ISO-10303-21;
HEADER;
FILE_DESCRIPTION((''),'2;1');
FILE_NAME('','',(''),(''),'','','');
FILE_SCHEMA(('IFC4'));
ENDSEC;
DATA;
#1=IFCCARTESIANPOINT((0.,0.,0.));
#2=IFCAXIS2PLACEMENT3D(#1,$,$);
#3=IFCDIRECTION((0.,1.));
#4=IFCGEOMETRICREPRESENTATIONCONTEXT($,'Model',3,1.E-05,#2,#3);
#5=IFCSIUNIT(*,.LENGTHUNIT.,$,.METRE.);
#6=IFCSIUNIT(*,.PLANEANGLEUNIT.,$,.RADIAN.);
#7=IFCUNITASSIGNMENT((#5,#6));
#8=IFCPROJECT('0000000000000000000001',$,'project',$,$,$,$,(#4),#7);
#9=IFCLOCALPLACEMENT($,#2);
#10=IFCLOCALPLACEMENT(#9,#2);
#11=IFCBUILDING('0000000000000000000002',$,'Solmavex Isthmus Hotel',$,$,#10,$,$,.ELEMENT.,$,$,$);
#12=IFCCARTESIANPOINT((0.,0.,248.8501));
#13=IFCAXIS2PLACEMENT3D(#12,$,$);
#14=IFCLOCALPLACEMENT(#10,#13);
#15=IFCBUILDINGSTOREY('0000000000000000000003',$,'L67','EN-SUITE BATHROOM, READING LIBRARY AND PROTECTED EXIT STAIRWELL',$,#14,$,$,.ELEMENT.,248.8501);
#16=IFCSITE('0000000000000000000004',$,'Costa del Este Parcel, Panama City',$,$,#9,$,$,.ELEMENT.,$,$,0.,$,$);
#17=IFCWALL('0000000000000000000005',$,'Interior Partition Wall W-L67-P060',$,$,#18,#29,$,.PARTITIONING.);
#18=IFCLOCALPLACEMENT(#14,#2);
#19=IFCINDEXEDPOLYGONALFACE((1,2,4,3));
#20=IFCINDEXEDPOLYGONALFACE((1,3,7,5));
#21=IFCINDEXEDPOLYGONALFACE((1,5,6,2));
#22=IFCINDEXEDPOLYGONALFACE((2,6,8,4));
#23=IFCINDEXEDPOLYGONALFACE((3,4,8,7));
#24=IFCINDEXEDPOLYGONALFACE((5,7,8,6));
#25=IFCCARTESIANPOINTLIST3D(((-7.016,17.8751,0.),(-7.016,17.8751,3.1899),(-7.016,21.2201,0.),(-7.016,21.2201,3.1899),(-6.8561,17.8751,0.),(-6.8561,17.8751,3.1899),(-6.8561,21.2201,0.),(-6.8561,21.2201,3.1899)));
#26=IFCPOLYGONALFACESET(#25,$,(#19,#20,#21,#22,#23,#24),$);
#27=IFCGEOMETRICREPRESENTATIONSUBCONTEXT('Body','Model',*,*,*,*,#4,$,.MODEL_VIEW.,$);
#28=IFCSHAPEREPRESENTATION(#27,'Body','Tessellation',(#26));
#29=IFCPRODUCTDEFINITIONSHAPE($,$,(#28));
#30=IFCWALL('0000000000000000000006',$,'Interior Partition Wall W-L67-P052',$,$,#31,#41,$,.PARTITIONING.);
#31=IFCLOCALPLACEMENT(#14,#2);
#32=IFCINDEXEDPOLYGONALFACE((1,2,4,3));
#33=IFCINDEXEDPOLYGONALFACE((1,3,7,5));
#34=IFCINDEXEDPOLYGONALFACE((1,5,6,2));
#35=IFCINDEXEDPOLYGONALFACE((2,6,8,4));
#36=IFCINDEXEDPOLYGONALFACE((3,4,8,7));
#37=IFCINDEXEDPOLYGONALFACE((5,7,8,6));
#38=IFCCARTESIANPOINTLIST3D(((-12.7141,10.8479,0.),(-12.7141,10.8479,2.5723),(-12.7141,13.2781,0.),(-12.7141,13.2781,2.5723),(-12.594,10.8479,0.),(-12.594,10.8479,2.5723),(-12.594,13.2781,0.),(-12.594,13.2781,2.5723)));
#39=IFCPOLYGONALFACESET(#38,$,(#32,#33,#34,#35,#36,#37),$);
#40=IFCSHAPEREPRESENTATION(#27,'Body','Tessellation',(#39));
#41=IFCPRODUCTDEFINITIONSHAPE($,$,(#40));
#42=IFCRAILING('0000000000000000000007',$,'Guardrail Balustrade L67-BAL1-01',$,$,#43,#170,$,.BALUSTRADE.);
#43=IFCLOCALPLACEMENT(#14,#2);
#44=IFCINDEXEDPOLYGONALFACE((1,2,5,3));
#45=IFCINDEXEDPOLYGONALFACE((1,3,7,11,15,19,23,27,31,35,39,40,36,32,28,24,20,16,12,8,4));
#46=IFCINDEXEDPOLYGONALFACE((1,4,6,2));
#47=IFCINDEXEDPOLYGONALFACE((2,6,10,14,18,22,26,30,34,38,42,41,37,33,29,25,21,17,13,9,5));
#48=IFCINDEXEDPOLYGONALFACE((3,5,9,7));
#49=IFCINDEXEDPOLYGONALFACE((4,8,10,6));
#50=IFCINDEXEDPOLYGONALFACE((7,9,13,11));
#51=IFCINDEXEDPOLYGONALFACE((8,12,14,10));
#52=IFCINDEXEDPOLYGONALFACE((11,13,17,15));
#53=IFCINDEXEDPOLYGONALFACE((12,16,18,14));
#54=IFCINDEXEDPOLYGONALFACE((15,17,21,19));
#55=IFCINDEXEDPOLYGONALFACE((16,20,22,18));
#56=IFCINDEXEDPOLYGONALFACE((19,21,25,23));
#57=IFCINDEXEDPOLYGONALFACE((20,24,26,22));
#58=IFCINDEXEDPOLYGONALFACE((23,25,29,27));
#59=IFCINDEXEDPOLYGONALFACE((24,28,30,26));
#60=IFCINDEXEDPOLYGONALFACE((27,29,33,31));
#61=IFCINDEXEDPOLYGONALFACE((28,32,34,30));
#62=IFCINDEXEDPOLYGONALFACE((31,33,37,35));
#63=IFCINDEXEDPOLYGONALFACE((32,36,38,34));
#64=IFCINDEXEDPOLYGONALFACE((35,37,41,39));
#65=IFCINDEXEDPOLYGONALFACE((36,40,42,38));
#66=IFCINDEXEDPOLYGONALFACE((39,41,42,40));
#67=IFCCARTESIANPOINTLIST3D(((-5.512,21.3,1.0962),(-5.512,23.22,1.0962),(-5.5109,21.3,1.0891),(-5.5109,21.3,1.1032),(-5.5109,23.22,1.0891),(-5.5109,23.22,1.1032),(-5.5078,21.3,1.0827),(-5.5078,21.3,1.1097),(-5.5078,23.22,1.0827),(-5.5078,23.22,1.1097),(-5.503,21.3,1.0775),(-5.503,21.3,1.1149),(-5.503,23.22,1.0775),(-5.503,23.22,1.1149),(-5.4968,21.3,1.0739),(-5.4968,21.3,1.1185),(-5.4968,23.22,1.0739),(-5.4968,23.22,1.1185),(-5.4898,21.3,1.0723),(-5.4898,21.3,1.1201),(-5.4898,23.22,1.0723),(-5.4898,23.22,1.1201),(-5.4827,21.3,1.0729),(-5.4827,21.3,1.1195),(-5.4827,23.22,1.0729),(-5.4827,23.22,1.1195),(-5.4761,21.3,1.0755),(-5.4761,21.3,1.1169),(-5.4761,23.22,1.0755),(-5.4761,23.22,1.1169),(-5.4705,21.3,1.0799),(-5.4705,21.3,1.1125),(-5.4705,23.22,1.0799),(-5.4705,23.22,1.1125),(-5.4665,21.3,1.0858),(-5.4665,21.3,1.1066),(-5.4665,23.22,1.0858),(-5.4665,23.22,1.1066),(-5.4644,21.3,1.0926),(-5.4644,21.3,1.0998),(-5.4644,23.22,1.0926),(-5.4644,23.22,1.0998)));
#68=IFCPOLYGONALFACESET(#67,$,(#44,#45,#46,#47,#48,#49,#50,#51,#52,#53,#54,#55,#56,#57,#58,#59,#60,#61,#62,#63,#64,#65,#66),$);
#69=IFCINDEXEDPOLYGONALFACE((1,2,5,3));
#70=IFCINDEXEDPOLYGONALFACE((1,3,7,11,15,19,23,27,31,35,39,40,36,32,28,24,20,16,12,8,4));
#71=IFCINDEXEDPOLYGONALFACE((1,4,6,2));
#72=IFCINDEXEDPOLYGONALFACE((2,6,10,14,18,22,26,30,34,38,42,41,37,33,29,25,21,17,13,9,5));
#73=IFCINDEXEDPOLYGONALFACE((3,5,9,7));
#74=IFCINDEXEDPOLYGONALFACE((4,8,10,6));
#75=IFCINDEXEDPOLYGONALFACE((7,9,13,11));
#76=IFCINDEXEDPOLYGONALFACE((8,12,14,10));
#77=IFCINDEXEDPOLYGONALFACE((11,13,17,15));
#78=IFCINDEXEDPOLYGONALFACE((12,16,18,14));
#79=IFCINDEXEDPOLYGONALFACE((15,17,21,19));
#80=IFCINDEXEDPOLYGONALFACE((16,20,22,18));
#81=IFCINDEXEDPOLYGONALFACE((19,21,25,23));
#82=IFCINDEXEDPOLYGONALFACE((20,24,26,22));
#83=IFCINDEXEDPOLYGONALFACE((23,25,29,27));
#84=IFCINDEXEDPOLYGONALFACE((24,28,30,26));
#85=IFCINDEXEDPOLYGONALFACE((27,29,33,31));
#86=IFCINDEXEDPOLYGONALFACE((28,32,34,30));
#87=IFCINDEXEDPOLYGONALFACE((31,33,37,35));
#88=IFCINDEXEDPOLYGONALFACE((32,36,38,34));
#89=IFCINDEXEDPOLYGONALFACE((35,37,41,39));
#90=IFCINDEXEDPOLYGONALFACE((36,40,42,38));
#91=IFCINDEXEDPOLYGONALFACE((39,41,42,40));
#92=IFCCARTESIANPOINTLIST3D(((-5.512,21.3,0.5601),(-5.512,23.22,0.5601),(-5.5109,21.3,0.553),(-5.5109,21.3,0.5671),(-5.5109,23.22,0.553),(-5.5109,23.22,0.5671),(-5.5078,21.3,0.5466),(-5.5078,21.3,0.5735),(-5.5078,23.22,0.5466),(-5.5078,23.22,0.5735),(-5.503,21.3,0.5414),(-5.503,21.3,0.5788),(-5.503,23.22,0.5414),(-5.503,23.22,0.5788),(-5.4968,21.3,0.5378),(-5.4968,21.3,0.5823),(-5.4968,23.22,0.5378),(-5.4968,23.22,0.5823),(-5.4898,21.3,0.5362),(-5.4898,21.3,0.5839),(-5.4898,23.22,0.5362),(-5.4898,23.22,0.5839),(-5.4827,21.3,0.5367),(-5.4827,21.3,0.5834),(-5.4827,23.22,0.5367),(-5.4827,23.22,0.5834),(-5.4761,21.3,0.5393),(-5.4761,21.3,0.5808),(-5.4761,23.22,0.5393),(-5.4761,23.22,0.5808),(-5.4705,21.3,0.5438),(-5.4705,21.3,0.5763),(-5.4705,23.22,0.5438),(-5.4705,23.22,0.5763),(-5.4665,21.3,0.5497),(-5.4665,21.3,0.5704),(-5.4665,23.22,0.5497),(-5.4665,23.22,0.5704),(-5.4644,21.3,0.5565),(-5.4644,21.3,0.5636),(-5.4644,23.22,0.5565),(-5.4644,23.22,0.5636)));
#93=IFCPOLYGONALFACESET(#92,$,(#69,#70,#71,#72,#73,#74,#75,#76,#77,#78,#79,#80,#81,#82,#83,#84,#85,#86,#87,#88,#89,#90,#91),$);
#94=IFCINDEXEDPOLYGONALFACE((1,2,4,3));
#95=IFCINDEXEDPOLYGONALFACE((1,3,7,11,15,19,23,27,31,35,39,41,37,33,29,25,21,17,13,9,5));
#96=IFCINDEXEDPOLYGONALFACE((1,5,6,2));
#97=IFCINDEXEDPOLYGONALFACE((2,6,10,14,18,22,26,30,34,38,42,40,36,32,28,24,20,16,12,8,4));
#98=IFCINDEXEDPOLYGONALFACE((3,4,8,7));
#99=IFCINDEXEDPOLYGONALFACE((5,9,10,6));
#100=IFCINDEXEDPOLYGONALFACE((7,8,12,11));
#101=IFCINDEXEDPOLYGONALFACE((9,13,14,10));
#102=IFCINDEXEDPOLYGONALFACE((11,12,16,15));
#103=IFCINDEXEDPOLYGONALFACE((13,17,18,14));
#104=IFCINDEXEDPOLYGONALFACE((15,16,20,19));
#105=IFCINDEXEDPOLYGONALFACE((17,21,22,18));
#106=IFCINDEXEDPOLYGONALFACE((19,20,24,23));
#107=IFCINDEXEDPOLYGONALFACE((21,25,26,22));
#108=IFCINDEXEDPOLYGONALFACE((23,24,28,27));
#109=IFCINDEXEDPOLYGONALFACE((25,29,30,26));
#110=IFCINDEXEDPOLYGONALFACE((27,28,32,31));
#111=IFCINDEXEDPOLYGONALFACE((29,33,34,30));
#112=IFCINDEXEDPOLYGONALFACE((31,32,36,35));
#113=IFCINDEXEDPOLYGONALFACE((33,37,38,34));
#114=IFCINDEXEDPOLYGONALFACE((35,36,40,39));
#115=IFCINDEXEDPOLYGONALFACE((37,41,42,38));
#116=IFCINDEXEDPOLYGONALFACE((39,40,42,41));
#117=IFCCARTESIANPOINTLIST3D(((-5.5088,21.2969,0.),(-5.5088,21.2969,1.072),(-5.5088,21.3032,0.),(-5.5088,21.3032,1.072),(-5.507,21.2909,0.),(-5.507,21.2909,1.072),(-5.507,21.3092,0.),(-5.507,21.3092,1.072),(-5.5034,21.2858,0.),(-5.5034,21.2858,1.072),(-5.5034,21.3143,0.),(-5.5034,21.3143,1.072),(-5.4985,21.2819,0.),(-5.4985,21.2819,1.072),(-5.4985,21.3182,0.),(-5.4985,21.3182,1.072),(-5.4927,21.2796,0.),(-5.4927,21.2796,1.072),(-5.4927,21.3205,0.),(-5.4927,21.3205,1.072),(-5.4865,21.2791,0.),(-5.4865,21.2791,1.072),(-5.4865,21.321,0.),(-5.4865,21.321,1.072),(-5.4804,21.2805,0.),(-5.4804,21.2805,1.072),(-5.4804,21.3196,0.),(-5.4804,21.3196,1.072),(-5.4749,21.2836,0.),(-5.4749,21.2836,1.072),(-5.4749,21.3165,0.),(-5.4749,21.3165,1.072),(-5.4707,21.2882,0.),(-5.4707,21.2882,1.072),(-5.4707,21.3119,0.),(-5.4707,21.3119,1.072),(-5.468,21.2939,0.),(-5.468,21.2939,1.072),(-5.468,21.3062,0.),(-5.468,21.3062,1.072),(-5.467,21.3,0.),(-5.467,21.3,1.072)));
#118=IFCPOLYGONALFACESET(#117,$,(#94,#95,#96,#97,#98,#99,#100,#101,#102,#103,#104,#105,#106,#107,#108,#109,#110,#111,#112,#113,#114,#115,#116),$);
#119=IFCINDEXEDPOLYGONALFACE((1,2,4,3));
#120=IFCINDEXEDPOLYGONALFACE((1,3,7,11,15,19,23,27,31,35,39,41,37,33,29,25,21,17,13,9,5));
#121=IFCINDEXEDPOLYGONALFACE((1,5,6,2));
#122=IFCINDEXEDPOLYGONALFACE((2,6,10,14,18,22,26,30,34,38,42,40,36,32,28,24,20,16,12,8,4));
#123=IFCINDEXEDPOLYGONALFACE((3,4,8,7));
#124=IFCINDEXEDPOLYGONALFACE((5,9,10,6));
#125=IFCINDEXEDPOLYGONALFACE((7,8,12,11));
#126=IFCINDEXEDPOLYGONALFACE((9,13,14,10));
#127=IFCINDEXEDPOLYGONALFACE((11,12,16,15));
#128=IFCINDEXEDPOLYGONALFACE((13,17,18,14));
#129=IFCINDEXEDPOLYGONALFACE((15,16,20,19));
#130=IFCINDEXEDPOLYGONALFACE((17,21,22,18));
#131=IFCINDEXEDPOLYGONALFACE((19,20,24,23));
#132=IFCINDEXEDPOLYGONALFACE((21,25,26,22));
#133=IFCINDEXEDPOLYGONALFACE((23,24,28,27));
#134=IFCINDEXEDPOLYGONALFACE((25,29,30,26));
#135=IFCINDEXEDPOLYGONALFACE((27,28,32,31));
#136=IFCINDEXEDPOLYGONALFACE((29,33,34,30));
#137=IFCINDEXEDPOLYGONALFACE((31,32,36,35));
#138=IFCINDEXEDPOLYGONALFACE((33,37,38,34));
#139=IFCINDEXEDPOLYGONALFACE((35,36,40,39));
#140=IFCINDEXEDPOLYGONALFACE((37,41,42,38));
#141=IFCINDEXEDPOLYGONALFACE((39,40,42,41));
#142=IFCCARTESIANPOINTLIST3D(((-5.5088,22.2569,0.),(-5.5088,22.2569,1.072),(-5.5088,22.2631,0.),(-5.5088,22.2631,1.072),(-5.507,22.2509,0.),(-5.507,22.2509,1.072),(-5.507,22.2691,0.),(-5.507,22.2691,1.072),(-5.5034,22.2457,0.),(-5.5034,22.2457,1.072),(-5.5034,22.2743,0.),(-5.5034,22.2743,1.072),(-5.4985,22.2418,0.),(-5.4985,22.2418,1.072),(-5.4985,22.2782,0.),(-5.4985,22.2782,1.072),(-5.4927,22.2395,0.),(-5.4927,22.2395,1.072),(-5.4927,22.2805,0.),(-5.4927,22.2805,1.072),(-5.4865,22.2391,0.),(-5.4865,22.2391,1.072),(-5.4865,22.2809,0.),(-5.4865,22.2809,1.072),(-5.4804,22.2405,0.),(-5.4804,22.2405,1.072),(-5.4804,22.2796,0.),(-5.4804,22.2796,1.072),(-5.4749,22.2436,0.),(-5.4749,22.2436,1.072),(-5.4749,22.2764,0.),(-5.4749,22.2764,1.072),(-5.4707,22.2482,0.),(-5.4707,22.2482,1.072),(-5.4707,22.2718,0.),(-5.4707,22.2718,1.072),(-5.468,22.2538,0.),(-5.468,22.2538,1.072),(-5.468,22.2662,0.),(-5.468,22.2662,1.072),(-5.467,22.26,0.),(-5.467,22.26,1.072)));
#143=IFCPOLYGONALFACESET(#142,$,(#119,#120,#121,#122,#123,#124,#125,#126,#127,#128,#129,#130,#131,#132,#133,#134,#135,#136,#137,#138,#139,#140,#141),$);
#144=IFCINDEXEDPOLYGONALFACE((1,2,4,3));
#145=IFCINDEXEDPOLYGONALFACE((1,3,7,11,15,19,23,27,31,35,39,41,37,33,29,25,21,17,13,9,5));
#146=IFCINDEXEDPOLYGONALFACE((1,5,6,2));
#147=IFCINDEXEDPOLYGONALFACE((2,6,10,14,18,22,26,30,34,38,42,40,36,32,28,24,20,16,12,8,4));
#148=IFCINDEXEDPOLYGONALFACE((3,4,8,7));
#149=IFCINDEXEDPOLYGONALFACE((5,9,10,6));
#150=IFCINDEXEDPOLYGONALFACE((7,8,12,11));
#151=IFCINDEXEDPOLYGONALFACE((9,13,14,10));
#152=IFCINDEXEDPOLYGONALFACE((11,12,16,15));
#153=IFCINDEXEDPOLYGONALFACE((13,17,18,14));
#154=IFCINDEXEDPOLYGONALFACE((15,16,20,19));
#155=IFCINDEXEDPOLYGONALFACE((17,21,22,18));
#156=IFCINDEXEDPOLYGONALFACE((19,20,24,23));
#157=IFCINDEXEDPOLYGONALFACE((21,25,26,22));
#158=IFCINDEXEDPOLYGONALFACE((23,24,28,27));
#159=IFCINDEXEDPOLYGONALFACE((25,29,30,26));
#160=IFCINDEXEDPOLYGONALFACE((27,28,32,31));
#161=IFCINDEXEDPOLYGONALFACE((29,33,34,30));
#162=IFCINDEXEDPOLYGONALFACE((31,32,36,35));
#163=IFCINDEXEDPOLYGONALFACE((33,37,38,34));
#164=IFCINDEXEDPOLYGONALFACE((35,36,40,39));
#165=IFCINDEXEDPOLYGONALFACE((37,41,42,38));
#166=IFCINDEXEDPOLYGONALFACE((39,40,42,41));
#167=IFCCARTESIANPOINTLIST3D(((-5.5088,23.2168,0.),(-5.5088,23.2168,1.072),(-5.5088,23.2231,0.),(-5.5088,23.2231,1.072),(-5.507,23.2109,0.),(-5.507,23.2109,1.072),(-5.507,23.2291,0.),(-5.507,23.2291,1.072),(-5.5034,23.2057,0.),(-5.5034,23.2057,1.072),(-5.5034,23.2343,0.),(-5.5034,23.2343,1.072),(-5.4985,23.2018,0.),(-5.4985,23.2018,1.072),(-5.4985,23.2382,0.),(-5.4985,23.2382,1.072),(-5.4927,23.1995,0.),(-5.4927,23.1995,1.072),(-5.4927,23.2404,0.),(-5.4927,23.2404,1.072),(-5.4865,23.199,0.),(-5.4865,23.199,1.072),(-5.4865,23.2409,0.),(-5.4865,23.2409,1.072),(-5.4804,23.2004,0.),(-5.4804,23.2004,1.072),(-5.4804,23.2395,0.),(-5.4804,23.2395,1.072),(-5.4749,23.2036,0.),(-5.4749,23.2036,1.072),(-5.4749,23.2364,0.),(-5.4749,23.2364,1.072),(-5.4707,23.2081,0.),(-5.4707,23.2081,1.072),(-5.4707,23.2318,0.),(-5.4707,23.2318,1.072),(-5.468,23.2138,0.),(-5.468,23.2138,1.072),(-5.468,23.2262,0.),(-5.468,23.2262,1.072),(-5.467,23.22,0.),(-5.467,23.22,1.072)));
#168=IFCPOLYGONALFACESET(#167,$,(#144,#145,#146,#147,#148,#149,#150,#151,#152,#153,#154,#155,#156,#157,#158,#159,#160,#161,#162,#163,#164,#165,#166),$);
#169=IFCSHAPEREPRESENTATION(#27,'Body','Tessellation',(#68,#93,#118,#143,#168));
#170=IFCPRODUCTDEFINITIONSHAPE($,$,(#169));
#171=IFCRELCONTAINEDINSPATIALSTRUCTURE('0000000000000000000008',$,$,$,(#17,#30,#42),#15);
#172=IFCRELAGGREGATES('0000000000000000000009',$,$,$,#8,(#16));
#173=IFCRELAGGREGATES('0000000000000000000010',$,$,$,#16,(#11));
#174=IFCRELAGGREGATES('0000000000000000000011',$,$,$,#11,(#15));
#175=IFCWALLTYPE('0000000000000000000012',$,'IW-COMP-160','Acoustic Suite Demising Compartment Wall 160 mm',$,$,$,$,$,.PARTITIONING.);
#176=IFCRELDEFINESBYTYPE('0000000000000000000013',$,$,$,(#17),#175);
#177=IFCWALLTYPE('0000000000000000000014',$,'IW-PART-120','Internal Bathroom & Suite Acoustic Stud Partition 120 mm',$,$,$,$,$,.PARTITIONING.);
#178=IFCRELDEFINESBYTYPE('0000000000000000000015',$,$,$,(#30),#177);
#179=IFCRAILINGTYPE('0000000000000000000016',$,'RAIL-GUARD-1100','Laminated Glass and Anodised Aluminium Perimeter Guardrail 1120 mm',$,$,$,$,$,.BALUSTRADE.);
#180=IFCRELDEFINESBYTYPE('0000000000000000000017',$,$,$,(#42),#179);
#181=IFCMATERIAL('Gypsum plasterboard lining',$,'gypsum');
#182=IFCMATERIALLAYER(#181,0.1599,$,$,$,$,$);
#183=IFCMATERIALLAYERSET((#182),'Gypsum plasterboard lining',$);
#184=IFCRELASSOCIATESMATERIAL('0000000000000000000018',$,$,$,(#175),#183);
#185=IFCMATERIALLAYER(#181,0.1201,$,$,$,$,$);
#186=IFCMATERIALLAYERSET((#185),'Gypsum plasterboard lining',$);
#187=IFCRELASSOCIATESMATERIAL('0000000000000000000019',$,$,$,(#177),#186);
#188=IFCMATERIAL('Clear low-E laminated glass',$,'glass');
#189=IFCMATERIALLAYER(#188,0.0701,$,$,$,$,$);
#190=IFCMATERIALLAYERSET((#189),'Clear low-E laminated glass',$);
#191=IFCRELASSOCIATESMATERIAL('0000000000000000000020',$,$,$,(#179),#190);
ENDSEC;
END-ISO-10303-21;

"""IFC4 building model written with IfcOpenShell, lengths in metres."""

from ifc_helpers import new_model, si_unit, direction, frame, frame_2d, origin, origin_2d, place, context, subcontext, project, spatial, rectangle, circle, extrude, material, layer, layer_set, type_object, element, save


model = new_model("IFC4")

# Units and contexts
model_context = context("Model", 3, precision=1e-05, world=origin(), true_north=direction((0.0, 1.0)))
body_context = subcontext(model_context, "Body", "Model", "MODEL_VIEW")
ifc_project = project(units=[si_unit("LENGTHUNIT", "METRE"), si_unit("PLANEANGLEUNIT", "RADIAN")], contexts=[model_context])

# Site, building, storey
site_placement = place(None, origin())
site = spatial("IfcSite", under=ifc_project, at=site_placement, Name="Costa del Este Parcel, Panama City", CompositionType="ELEMENT", RefElevation=0.0)
building_placement = place(site_placement, origin())
building = spatial("IfcBuilding", under=site, at=building_placement, Name="Solmavex Isthmus Hotel", CompositionType="ELEMENT")
storey_placement = place(building_placement, frame((0.0, 0.0, 248.8501)))
storey = spatial("IfcBuildingStorey", under=building, at=storey_placement, Name="L67", Description="EN-SUITE BATHROOM, READING LIBRARY AND PROTECTED EXIT STAIRWELL", CompositionType="ELEMENT", Elevation=248.8501)

# Shared definitions
ifc_material_1 = material(Name="Clear low-E laminated glass", Category="glass")

# Walls
ifc_material_2 = material(Name="Gypsum plasterboard lining", Category="gypsum")
ifc_layer_1 = layer(ifc_material_2, 0.1599)
ifc_layer_set_1 = layer_set([ifc_layer_1], Name="Gypsum plasterboard lining")
wall_type_1 = type_object("IfcWallType", Name="IW-COMP-160", Description="Acoustic Suite Demising Compartment Wall 160 mm", PredefinedType="PARTITIONING", material=ifc_layer_set_1)
wall_1_placement = place(storey_placement, frame((-6.936, 21.22, 0.0), z_axis=(0.0, 0.0, 1.0), x_axis=(0.0, -1.0, 0.0)))
element("IfcWall", 1, at=wall_1_placement, inside=storey, type_object=wall_type_1, Name="Interior Partition Wall W-L67-P060", PredefinedType="PARTITIONING", context=body_context, shape_type="SweptSolid", body=[
    extrude(rectangle(XDim=3.345, YDim=0.1599, at=frame_2d((1.6724, 0.0))), origin(), (0.0, 0.0, 1.0), 3.1899),
])
ifc_layer_2 = layer(ifc_material_2, 0.1201)
ifc_layer_set_2 = layer_set([ifc_layer_2], Name="Gypsum plasterboard lining")
wall_type_2 = type_object("IfcWallType", Name="IW-PART-120", Description="Internal Bathroom & Suite Acoustic Stud Partition 120 mm", PredefinedType="PARTITIONING", material=ifc_layer_set_2)
wall_2_placement = place(storey_placement, frame((-12.6541, 13.2781, 0.0), z_axis=(0.0, 0.0, 1.0), x_axis=(0.0, -1.0, 0.0)))
element("IfcWall", 2, at=wall_2_placement, inside=storey, type_object=wall_type_2, Name="Interior Partition Wall W-L67-P052", PredefinedType="PARTITIONING", context=body_context, shape_type="SweptSolid", body=[
    extrude(rectangle(XDim=2.4302, YDim=0.1201, at=frame_2d((1.2151, 0.0))), origin(), (0.0, 0.0, 1.0), 2.5723),
])

# Railing
ifc_layer_3 = layer(ifc_material_1, 0.0701)
ifc_layer_set_3 = layer_set([ifc_layer_3], Name="Clear low-E laminated glass")
railing_type = type_object("IfcRailingType", Name="RAIL-GUARD-1100", Description="Laminated Glass and Anodised Aluminium Perimeter Guardrail 1120 mm", PredefinedType="BALUSTRADE", material=ifc_layer_set_3)
railing_1_placement = place(storey_placement, frame((-5.488, 21.3, 0.0)))
element("IfcRailing", 3, at=railing_1_placement, inside=storey, type_object=railing_type, Name="Guardrail Balustrade L67-BAL1-01", PredefinedType="BALUSTRADE", context=body_context, shape_type="SweptSolid", body=[
    extrude(circle(Radius=0.0239, at=origin_2d()), frame((0.0, 0.0, 1.0962), z_axis=(0.0, 1.0, 0.0), x_axis=(-1.0, 0.0, 0.0)), (0.0, 0.0, 1.0), 1.9199),
    extrude(circle(Radius=0.0239, at=origin_2d()), frame((0.0, 0.0, 0.5601), z_axis=(0.0, 1.0, 0.0), x_axis=(-1.0, 0.0, 0.0)), (0.0, 0.0, 1.0), 1.9199),
    extrude(circle(Radius=0.021, at=origin_2d()), origin(), (0.0, 0.0, 1.0), 1.072),
    extrude(circle(Radius=0.021, at=origin_2d()), frame((0.0, 0.96, 0.0)), (0.0, 0.0, 1.0), 1.072),
    extrude(circle(Radius=0.021, at=origin_2d()), frame((0.0, 1.9199, 0.0)), (0.0, 0.0, 1.0), 1.072),
])

save(model, "model.ifc")
